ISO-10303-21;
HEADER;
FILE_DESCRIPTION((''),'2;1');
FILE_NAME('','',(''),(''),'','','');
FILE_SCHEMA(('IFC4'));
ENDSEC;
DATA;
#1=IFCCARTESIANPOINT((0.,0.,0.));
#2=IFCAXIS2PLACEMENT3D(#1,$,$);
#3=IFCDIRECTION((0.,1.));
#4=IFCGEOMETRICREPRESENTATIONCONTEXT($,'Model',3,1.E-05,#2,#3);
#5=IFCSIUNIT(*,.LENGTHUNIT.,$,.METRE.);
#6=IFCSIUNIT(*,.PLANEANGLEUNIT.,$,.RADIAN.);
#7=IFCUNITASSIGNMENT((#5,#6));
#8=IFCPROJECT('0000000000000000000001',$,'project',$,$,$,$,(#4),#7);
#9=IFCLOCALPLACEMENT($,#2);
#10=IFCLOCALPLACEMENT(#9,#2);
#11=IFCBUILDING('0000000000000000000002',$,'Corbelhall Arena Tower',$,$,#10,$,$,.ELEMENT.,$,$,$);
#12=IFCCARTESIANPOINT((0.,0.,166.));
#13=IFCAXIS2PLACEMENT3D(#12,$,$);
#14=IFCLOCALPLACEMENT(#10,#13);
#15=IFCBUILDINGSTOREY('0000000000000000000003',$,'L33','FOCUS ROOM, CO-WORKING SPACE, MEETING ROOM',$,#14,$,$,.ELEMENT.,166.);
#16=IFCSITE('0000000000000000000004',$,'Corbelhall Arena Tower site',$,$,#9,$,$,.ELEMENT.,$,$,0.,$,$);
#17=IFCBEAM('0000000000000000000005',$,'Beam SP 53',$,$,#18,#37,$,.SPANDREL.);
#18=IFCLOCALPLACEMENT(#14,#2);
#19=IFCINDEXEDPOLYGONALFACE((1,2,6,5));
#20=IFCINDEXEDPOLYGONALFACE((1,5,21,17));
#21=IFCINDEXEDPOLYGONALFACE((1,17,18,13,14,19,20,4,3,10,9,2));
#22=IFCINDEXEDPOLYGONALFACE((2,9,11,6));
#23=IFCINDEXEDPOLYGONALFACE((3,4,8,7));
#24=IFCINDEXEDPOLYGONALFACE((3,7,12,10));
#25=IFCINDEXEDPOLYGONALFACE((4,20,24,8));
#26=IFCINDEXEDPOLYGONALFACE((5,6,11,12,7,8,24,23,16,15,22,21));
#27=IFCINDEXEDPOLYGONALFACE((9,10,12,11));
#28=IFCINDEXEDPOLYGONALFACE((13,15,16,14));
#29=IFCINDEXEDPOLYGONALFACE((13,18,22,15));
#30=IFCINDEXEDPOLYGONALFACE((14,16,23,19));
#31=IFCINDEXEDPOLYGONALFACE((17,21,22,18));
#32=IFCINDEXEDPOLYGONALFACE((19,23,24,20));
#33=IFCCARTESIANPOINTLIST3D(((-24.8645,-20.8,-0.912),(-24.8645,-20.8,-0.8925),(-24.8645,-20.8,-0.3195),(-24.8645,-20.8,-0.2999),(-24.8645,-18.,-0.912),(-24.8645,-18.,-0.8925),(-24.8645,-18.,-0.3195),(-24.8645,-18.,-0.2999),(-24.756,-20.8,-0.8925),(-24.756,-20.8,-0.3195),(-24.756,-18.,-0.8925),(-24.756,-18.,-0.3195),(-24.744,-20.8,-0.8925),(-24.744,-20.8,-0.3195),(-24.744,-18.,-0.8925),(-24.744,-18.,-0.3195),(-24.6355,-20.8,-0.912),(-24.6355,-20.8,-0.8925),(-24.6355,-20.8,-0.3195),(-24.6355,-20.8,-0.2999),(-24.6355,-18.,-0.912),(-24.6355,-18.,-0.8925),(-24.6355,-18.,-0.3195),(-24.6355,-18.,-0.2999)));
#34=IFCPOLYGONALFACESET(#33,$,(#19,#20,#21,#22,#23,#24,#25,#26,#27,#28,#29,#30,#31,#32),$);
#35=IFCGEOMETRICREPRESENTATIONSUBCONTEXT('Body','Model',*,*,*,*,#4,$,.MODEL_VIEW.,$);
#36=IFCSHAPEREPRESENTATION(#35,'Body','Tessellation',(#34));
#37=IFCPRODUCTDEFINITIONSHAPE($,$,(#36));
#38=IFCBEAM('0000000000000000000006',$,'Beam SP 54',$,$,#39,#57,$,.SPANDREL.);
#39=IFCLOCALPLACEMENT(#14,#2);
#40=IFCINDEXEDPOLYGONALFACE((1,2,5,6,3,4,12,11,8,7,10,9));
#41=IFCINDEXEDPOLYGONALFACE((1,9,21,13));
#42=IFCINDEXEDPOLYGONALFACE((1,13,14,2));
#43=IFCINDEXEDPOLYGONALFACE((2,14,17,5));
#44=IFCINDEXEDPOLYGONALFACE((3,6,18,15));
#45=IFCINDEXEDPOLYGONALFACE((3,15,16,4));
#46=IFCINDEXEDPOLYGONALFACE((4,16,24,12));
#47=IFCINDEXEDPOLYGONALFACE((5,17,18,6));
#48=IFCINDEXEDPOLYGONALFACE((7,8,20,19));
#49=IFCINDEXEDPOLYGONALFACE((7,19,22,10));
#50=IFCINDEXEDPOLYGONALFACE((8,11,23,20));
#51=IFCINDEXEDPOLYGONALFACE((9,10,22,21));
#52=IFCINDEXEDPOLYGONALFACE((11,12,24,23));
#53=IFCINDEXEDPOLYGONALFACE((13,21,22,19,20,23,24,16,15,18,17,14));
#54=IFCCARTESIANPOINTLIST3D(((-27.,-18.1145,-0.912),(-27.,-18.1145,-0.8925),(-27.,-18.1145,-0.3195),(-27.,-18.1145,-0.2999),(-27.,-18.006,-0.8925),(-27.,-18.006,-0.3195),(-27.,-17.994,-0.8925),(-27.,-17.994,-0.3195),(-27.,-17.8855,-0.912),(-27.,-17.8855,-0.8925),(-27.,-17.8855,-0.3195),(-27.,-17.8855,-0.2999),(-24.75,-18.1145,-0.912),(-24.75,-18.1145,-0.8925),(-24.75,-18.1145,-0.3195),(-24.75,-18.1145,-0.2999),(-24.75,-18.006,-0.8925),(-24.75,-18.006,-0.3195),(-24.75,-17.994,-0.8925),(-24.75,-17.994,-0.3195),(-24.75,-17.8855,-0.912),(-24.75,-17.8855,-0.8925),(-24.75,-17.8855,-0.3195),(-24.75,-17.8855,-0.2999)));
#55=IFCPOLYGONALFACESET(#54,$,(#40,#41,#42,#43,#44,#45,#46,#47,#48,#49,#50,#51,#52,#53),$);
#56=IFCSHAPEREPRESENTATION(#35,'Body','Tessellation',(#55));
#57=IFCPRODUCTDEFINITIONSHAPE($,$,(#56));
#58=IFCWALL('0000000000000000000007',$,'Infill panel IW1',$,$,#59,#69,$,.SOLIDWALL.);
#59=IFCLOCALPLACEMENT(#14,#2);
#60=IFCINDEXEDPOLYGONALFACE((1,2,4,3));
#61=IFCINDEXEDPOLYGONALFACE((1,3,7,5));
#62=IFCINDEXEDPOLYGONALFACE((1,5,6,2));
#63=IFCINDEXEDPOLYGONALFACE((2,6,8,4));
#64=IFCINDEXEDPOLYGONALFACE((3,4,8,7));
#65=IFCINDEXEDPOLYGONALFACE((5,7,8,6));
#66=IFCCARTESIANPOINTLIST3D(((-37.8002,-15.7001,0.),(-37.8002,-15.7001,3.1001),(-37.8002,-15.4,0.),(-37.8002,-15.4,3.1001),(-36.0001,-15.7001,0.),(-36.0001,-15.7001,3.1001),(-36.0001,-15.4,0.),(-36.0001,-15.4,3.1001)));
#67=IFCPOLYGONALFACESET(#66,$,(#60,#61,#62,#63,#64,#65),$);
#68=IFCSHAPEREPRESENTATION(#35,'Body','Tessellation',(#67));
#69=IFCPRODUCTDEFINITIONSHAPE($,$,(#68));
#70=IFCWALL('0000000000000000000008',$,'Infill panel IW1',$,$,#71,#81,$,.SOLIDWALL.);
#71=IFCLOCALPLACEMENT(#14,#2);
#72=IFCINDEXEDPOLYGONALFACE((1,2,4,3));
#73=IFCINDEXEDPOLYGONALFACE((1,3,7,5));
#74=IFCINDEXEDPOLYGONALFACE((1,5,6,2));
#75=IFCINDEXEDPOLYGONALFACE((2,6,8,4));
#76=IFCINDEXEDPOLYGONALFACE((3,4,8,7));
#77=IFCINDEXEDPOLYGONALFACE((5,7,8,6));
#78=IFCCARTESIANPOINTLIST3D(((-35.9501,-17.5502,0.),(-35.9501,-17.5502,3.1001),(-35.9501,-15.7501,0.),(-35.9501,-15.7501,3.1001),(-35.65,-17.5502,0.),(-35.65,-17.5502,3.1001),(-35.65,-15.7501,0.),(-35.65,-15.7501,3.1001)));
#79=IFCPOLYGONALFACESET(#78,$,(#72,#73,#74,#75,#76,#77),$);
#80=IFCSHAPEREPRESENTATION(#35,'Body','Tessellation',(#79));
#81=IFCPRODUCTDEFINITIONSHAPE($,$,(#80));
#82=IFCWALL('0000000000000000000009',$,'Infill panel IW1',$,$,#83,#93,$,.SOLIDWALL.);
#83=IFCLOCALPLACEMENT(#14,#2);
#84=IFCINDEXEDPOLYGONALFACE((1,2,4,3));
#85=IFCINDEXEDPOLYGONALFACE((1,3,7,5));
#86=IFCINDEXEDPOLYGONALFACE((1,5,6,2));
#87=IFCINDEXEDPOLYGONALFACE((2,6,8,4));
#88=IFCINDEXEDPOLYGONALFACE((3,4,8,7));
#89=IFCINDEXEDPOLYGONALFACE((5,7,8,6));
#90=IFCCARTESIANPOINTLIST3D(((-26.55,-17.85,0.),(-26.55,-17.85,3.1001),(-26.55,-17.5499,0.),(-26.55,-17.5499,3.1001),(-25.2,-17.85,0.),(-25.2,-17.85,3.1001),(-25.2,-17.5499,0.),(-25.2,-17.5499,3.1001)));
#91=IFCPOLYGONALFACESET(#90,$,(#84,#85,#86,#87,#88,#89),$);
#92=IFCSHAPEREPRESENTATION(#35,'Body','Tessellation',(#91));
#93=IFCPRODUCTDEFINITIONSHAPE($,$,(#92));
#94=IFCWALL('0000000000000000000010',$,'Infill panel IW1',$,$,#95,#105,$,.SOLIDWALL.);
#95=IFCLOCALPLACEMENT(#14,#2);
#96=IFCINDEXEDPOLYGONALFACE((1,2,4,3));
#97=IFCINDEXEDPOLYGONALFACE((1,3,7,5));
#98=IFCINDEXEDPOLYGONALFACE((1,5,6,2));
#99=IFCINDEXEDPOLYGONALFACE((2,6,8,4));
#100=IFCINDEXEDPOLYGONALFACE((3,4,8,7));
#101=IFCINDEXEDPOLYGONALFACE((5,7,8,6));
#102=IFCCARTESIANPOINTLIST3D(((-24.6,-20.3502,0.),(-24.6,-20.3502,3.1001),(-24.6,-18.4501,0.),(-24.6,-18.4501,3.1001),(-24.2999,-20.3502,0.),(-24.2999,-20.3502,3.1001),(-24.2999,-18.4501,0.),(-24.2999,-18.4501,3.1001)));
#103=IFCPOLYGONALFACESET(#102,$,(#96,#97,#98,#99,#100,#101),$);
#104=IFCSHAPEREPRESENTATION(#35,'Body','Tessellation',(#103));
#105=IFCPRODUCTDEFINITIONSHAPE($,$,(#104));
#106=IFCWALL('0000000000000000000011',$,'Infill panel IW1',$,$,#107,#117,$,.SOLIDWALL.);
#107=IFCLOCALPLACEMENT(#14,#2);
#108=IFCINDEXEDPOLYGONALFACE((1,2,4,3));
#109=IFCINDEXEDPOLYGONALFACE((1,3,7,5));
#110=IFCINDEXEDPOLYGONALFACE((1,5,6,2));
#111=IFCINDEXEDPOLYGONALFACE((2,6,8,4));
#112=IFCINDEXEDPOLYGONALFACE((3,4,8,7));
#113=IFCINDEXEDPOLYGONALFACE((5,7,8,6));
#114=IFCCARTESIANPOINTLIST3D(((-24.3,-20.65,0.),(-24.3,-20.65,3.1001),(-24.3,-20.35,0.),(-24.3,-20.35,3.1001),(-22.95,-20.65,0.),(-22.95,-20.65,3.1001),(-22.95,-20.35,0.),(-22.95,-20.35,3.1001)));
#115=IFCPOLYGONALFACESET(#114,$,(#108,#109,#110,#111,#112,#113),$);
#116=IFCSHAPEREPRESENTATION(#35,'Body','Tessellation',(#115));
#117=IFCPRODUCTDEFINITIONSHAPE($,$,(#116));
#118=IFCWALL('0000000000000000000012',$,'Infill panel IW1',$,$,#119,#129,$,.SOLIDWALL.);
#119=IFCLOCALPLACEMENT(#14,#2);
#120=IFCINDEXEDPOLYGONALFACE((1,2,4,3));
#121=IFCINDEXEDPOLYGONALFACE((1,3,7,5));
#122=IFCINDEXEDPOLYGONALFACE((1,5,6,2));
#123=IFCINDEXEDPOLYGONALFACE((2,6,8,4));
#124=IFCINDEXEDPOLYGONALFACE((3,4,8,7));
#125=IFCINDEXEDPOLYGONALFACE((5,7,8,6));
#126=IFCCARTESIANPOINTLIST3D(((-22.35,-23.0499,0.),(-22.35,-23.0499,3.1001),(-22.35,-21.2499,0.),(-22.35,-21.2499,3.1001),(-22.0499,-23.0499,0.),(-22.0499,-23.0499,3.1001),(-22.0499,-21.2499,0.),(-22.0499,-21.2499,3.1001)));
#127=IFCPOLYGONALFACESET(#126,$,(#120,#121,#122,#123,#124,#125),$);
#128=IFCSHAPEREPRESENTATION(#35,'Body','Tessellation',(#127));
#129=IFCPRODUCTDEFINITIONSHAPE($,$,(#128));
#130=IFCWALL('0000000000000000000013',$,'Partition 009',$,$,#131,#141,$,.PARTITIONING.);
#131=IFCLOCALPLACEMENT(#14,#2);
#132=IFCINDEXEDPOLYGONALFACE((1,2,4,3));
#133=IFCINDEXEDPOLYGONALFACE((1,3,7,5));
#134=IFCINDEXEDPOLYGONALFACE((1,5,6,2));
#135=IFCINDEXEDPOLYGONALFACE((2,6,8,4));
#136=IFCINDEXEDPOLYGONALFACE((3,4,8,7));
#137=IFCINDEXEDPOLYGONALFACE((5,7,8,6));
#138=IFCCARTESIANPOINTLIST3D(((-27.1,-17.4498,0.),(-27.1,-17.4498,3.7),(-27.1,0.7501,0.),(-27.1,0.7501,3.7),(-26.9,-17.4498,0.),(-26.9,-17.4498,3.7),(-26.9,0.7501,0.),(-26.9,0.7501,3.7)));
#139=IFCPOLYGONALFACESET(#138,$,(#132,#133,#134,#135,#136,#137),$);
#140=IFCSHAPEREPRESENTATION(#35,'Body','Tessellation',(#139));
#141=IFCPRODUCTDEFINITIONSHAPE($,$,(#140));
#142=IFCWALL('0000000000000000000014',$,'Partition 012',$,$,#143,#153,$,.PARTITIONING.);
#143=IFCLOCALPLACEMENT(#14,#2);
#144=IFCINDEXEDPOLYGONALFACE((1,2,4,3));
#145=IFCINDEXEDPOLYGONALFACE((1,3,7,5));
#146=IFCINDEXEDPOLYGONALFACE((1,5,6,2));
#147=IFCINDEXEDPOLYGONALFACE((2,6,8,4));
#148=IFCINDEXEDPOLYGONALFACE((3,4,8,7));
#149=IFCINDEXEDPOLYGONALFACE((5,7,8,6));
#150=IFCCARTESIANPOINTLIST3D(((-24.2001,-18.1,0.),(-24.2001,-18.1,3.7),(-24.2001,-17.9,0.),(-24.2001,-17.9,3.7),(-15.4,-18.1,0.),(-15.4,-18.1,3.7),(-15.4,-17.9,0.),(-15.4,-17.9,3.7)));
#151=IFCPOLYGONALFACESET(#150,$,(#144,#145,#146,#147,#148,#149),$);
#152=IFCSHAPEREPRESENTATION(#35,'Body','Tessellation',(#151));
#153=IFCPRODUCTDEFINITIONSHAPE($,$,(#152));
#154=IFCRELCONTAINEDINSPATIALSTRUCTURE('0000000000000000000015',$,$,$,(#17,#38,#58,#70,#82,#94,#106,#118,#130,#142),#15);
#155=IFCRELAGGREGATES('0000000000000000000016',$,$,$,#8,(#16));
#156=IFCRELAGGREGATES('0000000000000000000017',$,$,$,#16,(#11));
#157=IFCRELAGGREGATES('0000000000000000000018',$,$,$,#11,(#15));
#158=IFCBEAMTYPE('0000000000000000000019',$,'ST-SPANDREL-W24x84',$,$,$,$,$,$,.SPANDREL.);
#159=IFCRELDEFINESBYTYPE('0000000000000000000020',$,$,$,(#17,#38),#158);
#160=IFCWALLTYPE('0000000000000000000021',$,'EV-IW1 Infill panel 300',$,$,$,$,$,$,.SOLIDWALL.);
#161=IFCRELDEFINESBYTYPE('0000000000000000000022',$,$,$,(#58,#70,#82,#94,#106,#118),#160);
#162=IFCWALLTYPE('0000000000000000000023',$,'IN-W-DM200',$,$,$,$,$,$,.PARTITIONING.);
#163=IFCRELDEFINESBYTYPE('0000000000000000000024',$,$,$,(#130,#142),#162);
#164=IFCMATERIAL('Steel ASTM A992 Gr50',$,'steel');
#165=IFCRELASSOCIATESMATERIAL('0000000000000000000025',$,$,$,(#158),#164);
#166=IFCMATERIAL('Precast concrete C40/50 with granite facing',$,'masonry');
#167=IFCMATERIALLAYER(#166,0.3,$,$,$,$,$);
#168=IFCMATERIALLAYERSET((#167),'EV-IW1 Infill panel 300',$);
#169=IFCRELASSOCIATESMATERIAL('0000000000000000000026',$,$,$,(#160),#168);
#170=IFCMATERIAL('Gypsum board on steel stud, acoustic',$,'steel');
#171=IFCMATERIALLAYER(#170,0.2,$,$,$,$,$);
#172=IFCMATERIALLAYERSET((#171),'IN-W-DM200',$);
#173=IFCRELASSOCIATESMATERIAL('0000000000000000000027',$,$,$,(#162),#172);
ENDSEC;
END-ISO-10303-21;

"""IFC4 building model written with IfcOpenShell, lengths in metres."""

from ifc_helpers import new_model, si_unit, direction, frame, frame_2d, origin, origin_2d, place, context, subcontext, project, spatial, rectangle, i_section, extrude, material, layer, layer_set, material_profile, profile_set, type_object, element, save


model = new_model("IFC4")

# Units and contexts
model_context = context("Model", 3, precision=1e-05, world=origin(), true_north=direction((0.0, 1.0)))
body_context = subcontext(model_context, "Body", "Model", "MODEL_VIEW")
ifc_project = project(units=[si_unit("LENGTHUNIT", "METRE"), si_unit("PLANEANGLEUNIT", "RADIAN")], contexts=[model_context])

# Site, building, storey
site_placement = place(None, origin())
site = spatial("IfcSite", under=ifc_project, at=site_placement, Name="Corbelhall Arena Tower site", CompositionType="ELEMENT", RefElevation=0.0)
building_placement = place(site_placement, origin())
building = spatial("IfcBuilding", under=site, at=building_placement, Name="Corbelhall Arena Tower", CompositionType="ELEMENT")
storey_placement = place(building_placement, frame((0.0, 0.0, 166.0)))
storey = spatial("IfcBuildingStorey", under=building, at=storey_placement, Name="L33", Description="FOCUS ROOM, CO-WORKING SPACE, MEETING ROOM", CompositionType="ELEMENT", Elevation=166.0)

# Beams
ifc_material_1 = material(Name="Steel ASTM A992 Gr50", Category="steel")
ifc_material_profile_1 = material_profile(ifc_material_1, i_section(OverallWidth=0.229, OverallDepth=0.6121, WebThickness=0.012, FlangeThickness=0.0195, at=origin_2d()))
ifc_profile_set_1 = profile_set([ifc_material_profile_1], Name="Steel ASTM A992 Gr50")
beam_type = type_object("IfcBeamType", Name="ST-SPANDREL-W24x84", PredefinedType="SPANDREL", material=ifc_profile_set_1)
beam_1_placement = place(storey_placement, frame((-24.75, -20.8, -0.606), z_axis=(0.0, 1.0, 0.0), x_axis=(-1.0, 0.0, 0.0)))
element("IfcBeam", 1, at=beam_1_placement, inside=storey, type_object=beam_type, Name="Beam SP 53", PredefinedType="SPANDREL", context=body_context, shape_type="SweptSolid", body=[
    extrude(i_section(OverallWidth=0.229, OverallDepth=0.6121, WebThickness=0.012, FlangeThickness=0.0195, at=origin_2d()), origin(), (0.0, 0.0, 1.0), 2.8),
])
beam_2_placement = place(storey_placement, frame((-24.75, -18.0, -0.606), z_axis=(-1.0, 0.0, 0.0), x_axis=(0.0, -1.0, 0.0)))
element("IfcBeam", 2, at=beam_2_placement, inside=storey, type_object=beam_type, Name="Beam SP 54", PredefinedType="SPANDREL", context=body_context, shape_type="SweptSolid", body=[
    extrude(i_section(OverallWidth=0.229, OverallDepth=0.6121, WebThickness=0.012, FlangeThickness=0.0195, at=origin_2d()), origin(), (0.0, 0.0, 1.0), 2.25),
])

# Walls
ifc_material_2 = material(Name="Precast concrete C40/50 with granite facing", Category="masonry")
ifc_layer_1 = layer(ifc_material_2, 0.3)
ifc_layer_set_1 = layer_set([ifc_layer_1], Name="EV-IW1 Infill panel 300")
wall_type_1 = type_object("IfcWallType", Name="EV-IW1 Infill panel 300", PredefinedType="SOLIDWALL", material=ifc_layer_set_1)
for number, where, z_axis, x_axis, name in (
    (3, (-37.8, -15.55, 0.0), (0.0, 0.0, 1.0), (1.0, 0.0, 0.0), "Infill panel IW1"),
    (4, (-35.8, -17.55, 0.0), (0.0, 0.0, 1.0), (0.0, 1.0, 0.0), "Infill panel IW1"),
):
    element("IfcWall", number, at=place(storey_placement, frame(where, z_axis=z_axis, x_axis=x_axis)), inside=storey, type_object=wall_type_1, Name=name, PredefinedType="SOLIDWALL", context=body_context, shape_type="SweptSolid", body=[
        extrude(rectangle(XDim=1.8, YDim=0.3, at=frame_2d((0.8999, 0.0))), origin(), (0.0, 0.0, 1.0), 3.1001),
    ])

# Walls
wall_1_placement = place(storey_placement, frame((-26.55, -17.7, 0.0), z_axis=(0.0, 0.0, 1.0), x_axis=(1.0, 0.0, 0.0)))
element("IfcWall", 5, at=wall_1_placement, inside=storey, type_object=wall_type_1, Name="Infill panel IW1", PredefinedType="SOLIDWALL", context=body_context, shape_type="SweptSolid", body=[
    extrude(rectangle(XDim=1.3501, YDim=0.3, at=frame_2d((0.675, 0.0))), origin(), (0.0, 0.0, 1.0), 3.1001),
])
wall_2_placement = place(storey_placement, frame((-24.45, -18.45, 0.0), z_axis=(0.0, 0.0, 1.0), x_axis=(0.0, -1.0, 0.0)))
element("IfcWall", 6, at=wall_2_placement, inside=storey, type_object=wall_type_1, Name="Infill panel IW1", PredefinedType="SOLIDWALL", context=body_context, shape_type="SweptSolid", body=[
    extrude(rectangle(XDim=1.9001, YDim=0.3, at=frame_2d((0.9502, 0.0))), origin(), (0.0, 0.0, 1.0), 3.1001),
])
wall_3_placement = place(storey_placement, frame((-24.3, -20.5, 0.0), z_axis=(0.0, 0.0, 1.0), x_axis=(1.0, 0.0, 0.0)))
element("IfcWall", 7, at=wall_3_placement, inside=storey, type_object=wall_type_1, Name="Infill panel IW1", PredefinedType="SOLIDWALL", context=body_context, shape_type="SweptSolid", body=[
    extrude(rectangle(XDim=1.3501, YDim=0.3, at=frame_2d((0.675, 0.0))), origin(), (0.0, 0.0, 1.0), 3.1001),
])
wall_4_placement = place(storey_placement, frame((-22.2, -21.25, 0.0), z_axis=(0.0, 0.0, 1.0), x_axis=(0.0, -1.0, 0.0)))
element("IfcWall", 8, at=wall_4_placement, inside=storey, type_object=wall_type_1, Name="Infill panel IW1", PredefinedType="SOLIDWALL", context=body_context, shape_type="SweptSolid", body=[
    extrude(rectangle(XDim=1.8, YDim=0.3, at=frame_2d((0.8999, 0.0))), origin(), (0.0, 0.0, 1.0), 3.1001),
])

# Walls
ifc_material_3 = material(Name="Gypsum board on steel stud, acoustic", Category="steel")
ifc_layer_2 = layer(ifc_material_3, 0.2)
ifc_layer_set_2 = layer_set([ifc_layer_2], Name="IN-W-DM200")
wall_type_2 = type_object("IfcWallType", Name="IN-W-DM200", PredefinedType="PARTITIONING", material=ifc_layer_set_2)
wall_5_placement = place(storey_placement, frame((-27.0, -17.45, 0.0), z_axis=(0.0, 0.0, 1.0), x_axis=(0.0, 1.0, 0.0)))
element("IfcWall", 9, at=wall_5_placement, inside=storey, type_object=wall_type_2, Name="Partition 009", PredefinedType="PARTITIONING", context=body_context, shape_type="SweptSolid", body=[
    extrude(rectangle(XDim=18.2, YDim=0.2, at=frame_2d((9.1001, 0.0))), origin(), (0.0, 0.0, 1.0), 3.7),
])
wall_6_placement = place(storey_placement, frame((-24.2, -18.0, 0.0), z_axis=(0.0, 0.0, 1.0), x_axis=(1.0, 0.0, 0.0)))
element("IfcWall", 10, at=wall_6_placement, inside=storey, type_object=wall_type_2, Name="Partition 012", PredefinedType="PARTITIONING", context=body_context, shape_type="SweptSolid", body=[
    extrude(rectangle(XDim=8.8, YDim=0.2, at=frame_2d((4.3999, 0.0))), origin(), (0.0, 0.0, 1.0), 3.7),
])

save(model, "model.ifc")
